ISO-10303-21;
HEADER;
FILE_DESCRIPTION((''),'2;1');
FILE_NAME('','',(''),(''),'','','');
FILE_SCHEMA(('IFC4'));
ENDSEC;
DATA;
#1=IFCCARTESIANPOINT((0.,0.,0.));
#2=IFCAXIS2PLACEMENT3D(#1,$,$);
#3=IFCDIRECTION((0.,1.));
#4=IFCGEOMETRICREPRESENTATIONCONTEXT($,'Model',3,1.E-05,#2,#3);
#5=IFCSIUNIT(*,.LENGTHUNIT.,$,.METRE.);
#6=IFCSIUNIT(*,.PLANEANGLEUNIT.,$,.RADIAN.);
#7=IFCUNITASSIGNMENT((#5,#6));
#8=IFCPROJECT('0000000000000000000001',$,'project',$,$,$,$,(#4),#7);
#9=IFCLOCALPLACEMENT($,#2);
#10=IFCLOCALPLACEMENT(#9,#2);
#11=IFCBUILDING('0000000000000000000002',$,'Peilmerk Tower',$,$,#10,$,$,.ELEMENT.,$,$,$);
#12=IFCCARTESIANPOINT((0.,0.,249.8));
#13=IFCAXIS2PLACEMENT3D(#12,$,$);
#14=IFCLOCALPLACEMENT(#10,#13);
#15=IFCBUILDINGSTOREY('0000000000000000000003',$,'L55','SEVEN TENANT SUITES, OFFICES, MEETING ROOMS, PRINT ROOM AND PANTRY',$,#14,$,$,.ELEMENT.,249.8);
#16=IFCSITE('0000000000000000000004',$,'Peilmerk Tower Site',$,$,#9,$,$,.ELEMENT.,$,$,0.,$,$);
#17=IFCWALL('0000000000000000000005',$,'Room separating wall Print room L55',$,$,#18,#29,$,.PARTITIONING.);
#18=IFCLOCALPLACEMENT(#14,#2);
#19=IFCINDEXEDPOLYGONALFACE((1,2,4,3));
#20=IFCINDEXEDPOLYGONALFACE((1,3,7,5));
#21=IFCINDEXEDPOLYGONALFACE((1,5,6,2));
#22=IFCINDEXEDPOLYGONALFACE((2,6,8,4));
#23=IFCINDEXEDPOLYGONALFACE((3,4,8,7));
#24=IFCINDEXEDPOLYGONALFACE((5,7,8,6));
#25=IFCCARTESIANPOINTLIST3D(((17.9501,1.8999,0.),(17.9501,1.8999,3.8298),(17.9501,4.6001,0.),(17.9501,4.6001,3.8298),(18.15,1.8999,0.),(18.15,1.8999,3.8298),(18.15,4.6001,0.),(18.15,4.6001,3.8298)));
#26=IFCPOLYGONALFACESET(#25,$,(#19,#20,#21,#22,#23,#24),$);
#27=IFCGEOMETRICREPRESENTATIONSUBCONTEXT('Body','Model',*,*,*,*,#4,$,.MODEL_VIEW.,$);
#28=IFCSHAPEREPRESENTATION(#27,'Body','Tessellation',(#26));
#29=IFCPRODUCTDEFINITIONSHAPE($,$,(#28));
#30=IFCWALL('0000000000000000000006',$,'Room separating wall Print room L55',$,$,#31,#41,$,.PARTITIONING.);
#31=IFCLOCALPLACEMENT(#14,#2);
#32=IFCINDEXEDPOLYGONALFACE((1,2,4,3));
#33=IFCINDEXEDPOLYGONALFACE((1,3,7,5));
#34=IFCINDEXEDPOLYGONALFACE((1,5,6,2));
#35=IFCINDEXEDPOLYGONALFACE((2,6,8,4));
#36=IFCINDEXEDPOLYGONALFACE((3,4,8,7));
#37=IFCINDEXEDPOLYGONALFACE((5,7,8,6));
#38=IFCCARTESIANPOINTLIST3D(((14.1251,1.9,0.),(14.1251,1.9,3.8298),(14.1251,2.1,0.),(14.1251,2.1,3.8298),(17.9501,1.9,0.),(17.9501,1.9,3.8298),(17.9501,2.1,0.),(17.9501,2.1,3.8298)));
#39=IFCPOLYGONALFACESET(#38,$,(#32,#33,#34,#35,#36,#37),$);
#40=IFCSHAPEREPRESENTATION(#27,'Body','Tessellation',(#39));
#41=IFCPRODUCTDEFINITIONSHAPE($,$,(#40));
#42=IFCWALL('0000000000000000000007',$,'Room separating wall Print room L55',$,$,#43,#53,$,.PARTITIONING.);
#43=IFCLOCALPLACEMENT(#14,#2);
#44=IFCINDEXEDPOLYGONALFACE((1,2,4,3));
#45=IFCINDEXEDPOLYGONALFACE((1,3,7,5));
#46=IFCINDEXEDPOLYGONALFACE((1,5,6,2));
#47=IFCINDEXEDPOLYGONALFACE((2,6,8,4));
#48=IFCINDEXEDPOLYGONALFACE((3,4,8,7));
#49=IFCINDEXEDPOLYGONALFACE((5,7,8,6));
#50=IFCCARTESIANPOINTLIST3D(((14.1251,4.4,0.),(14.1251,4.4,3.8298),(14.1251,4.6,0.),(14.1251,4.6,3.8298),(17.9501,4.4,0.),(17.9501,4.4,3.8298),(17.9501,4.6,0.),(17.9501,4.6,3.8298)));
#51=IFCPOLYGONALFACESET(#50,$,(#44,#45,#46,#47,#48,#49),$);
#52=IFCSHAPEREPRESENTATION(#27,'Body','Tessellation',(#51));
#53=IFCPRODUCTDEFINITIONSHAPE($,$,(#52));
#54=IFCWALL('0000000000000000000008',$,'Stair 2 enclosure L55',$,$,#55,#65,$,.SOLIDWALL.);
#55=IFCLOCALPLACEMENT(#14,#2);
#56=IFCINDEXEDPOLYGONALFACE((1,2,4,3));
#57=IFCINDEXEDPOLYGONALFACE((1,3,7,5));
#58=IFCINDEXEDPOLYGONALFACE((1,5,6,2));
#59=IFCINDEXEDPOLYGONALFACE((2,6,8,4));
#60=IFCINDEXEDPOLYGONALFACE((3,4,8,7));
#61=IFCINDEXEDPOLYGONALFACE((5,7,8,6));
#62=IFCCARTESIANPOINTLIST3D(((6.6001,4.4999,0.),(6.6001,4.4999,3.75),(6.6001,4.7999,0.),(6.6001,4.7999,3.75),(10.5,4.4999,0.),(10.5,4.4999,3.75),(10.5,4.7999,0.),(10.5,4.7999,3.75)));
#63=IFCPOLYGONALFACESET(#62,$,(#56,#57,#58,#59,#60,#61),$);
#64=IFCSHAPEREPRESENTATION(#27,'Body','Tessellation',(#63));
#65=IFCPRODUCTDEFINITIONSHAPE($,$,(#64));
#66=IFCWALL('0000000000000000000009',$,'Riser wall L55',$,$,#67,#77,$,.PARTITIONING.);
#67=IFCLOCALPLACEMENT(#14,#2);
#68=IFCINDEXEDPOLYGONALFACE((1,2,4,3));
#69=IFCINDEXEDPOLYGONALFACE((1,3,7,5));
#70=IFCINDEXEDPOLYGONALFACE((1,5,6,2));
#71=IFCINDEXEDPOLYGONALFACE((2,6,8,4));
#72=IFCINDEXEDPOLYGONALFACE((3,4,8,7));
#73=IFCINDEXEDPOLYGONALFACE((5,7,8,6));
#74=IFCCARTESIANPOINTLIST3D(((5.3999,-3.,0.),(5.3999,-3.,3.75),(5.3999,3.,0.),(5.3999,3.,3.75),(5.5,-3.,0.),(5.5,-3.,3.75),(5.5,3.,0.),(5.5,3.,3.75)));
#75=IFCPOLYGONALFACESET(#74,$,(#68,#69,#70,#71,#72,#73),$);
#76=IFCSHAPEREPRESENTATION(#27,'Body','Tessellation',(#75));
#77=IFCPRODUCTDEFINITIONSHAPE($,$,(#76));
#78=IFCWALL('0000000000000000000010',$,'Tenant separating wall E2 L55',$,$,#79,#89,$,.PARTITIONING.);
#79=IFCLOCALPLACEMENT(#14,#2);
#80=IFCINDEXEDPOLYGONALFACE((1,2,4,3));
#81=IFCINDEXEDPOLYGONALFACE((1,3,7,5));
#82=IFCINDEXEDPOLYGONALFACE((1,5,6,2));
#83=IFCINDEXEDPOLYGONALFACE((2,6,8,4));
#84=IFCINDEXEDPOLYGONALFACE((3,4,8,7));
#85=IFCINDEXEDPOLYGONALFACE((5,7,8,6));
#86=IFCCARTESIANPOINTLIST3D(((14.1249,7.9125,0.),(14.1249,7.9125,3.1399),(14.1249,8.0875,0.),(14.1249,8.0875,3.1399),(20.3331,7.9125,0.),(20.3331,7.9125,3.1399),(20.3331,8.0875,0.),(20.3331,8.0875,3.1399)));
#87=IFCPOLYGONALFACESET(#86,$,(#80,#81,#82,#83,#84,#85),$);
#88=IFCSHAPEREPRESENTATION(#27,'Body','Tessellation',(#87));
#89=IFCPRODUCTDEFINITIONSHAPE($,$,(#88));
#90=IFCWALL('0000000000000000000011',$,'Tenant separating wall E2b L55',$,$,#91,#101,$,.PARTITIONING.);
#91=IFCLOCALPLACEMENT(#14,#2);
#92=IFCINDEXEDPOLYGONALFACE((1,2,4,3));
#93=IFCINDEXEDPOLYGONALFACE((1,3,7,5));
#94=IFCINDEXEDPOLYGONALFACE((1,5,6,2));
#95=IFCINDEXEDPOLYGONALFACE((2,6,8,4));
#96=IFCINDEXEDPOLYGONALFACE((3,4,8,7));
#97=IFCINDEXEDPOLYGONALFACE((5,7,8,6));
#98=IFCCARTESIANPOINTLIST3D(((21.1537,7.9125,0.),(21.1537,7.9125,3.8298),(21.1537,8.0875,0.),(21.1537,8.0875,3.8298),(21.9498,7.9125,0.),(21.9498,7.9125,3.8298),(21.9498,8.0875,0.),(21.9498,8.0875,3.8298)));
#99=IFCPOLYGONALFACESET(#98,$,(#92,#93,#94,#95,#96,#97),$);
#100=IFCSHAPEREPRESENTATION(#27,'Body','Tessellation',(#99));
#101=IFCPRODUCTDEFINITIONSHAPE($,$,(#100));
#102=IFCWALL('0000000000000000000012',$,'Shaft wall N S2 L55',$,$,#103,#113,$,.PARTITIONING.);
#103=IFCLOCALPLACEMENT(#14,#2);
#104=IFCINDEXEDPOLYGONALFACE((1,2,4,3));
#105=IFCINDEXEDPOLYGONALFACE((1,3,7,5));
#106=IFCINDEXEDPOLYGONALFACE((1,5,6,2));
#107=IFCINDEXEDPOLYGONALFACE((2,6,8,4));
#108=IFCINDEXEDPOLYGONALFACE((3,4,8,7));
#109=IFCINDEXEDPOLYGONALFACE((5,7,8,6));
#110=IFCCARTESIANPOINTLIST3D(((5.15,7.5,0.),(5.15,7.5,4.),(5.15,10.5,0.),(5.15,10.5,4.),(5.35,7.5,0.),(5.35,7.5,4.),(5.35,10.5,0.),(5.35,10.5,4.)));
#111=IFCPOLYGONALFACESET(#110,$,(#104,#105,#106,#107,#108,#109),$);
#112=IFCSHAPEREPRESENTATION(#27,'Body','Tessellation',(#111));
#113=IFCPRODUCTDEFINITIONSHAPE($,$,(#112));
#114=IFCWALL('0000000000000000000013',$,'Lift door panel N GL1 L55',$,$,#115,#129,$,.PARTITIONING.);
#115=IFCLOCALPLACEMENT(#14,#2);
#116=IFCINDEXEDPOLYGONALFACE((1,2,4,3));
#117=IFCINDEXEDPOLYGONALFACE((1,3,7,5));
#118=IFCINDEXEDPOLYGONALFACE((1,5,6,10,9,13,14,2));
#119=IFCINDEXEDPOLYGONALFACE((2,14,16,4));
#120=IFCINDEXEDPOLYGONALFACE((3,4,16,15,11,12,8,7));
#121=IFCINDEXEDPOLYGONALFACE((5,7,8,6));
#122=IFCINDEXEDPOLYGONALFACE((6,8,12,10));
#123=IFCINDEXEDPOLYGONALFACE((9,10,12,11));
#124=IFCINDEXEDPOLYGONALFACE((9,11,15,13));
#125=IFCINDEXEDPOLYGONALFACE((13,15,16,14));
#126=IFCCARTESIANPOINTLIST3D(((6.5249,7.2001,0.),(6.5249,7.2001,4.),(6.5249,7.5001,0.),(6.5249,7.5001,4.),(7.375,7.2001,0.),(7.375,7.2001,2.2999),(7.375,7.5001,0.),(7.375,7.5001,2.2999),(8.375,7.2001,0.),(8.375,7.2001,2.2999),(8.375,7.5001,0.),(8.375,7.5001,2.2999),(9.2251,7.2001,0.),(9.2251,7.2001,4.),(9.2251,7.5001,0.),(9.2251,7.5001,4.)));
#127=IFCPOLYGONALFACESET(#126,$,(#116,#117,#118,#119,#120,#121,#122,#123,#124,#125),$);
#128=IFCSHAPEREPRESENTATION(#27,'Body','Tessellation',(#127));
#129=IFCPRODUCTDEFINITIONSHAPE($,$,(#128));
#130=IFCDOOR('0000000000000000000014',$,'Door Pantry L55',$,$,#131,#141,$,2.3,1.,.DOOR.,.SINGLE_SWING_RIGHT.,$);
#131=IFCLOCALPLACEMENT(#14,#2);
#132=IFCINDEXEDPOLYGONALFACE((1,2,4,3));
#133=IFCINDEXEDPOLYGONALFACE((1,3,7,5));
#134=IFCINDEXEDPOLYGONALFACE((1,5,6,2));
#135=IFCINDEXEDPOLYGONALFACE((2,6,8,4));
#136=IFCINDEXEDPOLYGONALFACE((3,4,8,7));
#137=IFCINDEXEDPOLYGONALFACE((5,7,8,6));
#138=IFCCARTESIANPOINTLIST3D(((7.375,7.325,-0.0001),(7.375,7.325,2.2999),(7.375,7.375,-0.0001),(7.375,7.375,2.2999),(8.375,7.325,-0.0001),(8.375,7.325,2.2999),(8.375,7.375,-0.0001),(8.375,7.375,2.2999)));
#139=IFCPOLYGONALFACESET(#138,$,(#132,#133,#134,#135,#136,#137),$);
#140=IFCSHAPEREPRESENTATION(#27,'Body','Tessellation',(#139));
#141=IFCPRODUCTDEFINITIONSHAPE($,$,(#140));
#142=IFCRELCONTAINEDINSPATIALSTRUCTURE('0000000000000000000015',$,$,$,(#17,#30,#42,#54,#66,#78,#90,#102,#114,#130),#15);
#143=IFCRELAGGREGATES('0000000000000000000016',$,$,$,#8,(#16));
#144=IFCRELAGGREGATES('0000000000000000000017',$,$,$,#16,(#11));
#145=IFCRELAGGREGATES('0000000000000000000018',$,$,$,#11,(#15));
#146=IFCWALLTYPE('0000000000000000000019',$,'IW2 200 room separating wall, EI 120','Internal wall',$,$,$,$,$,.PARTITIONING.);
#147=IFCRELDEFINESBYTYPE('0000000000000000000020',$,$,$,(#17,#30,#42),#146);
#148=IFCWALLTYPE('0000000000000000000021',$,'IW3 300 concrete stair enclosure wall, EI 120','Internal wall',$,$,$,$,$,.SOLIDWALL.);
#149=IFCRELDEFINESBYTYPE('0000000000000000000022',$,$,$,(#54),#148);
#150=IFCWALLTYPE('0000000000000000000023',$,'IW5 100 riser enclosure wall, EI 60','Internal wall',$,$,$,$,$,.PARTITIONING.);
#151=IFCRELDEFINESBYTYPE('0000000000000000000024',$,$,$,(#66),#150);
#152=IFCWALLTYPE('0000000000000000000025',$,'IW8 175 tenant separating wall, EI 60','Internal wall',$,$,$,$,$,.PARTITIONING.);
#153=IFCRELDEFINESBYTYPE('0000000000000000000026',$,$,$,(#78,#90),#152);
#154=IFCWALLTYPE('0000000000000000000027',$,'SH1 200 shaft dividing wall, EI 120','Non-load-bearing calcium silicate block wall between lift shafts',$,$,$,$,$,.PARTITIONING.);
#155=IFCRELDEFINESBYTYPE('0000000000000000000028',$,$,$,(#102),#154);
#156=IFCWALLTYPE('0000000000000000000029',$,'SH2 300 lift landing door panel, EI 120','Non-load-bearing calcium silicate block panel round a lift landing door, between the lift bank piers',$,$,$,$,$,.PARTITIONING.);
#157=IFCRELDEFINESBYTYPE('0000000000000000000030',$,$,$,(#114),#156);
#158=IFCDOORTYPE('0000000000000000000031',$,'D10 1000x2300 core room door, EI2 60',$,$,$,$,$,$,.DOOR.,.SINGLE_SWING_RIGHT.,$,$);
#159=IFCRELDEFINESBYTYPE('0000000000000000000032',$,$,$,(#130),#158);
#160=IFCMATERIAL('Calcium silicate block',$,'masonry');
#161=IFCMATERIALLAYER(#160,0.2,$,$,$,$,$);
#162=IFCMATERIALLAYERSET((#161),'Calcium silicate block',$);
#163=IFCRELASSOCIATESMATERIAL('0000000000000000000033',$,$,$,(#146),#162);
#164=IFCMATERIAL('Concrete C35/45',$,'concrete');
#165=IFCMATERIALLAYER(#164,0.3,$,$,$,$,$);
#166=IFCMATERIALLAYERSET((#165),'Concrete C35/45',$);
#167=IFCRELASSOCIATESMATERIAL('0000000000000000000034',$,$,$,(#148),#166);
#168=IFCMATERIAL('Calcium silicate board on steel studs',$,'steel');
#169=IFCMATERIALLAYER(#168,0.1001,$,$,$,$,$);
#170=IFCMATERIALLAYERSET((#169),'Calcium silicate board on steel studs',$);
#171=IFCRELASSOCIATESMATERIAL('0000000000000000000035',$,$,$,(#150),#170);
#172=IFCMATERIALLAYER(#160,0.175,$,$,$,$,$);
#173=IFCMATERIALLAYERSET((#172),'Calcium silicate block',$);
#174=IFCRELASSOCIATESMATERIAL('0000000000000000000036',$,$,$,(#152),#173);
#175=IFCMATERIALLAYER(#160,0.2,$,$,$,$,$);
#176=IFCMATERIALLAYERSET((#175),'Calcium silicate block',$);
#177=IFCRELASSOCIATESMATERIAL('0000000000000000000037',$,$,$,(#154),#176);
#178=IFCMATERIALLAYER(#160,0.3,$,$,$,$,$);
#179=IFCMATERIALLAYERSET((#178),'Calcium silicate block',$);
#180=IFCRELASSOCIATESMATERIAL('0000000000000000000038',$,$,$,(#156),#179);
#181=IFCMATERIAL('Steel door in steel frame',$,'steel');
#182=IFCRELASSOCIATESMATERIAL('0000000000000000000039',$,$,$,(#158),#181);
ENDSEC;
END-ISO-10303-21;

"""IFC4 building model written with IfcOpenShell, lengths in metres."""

from ifc_helpers import new_model, si_unit, direction, frame, frame_2d, origin, place, context, subcontext, project, spatial, rectangle, extrude, material, layer, layer_set, type_object, element, fill, save


model = new_model("IFC4")

# Units and contexts
model_context = context("Model", 3, precision=1e-05, world=origin(), true_north=direction((0.0, 1.0)))
body_context = subcontext(model_context, "Body", "Model", "MODEL_VIEW")
ifc_project = project(units=[si_unit("LENGTHUNIT", "METRE"), si_unit("PLANEANGLEUNIT", "RADIAN")], contexts=[model_context])

# Site, building, storey
site_placement = place(None, origin())
site = spatial("IfcSite", under=ifc_project, at=site_placement, Name="Peilmerk Tower Site", CompositionType="ELEMENT", RefElevation=0.0)
building_placement = place(site_placement, origin())
building = spatial("IfcBuilding", under=site, at=building_placement, Name="Peilmerk Tower", CompositionType="ELEMENT")
storey_placement = place(building_placement, frame((0.0, 0.0, 249.8)))
storey = spatial("IfcBuildingStorey", under=building, at=storey_placement, Name="L55", Description="SEVEN TENANT SUITES, OFFICES, MEETING ROOMS, PRINT ROOM AND PANTRY", CompositionType="ELEMENT", Elevation=249.8)

# Walls
ifc_material_1 = material(Name="Calcium silicate block", Category="masonry")
ifc_layer_1 = layer(ifc_material_1, 0.2)
ifc_layer_set_1 = layer_set([ifc_layer_1], Name="Calcium silicate block")
wall_type_1 = type_object("IfcWallType", Name="IW2 200 room separating wall, EI 120", Description="Internal wall", PredefinedType="PARTITIONING", material=ifc_layer_set_1)
wall_1_placement = place(storey_placement, frame((18.05, 1.8999, 0.0), z_axis=(0.0, 0.0, 1.0), x_axis=(0.0, 1.0, 0.0)))
element("IfcWall", 1, at=wall_1_placement, inside=storey, type_object=wall_type_1, Name="Room separating wall Print room L55", PredefinedType="PARTITIONING", context=body_context, shape_type="SweptSolid", body=[
    extrude(rectangle(XDim=2.7002, YDim=0.2, at=frame_2d((1.3501, 0.0))), origin(), (0.0, 0.0, 1.0), 3.8298),
])
for number, where, z_axis, x_axis, name in (
    (2, (14.125, 2.0, 0.0), (0.0, 0.0, 1.0), (1.0, 0.0, 0.0), "Room separating wall Print room L55"),
    (3, (14.125, 4.5, 0.0), (0.0, 0.0, 1.0), (1.0, 0.0, 0.0), "Room separating wall Print room L55"),
):
    element("IfcWall", number, at=place(storey_placement, frame(where, z_axis=z_axis, x_axis=x_axis)), inside=storey, type_object=wall_type_1, Name=name, PredefinedType="PARTITIONING", context=body_context, shape_type="SweptSolid", body=[
        extrude(rectangle(XDim=3.825, YDim=0.2, at=frame_2d((1.9126, 0.0))), origin(), (0.0, 0.0, 1.0), 3.8298),
    ])
ifc_material_2 = material(Name="Concrete C35/45", Category="concrete")
ifc_layer_2 = layer(ifc_material_2, 0.3)
ifc_layer_set_2 = layer_set([ifc_layer_2], Name="Concrete C35/45")
wall_type_2 = type_object("IfcWallType", Name="IW3 300 concrete stair enclosure wall, EI 120", Description="Internal wall", PredefinedType="SOLIDWALL", material=ifc_layer_set_2)
wall_2_placement = place(storey_placement, frame((6.6001, 4.6499, 0.0), z_axis=(0.0, 0.0, 1.0), x_axis=(1.0, 0.0, 0.0)))
element("IfcWall", 4, at=wall_2_placement, inside=storey, type_object=wall_type_2, Name="Stair 2 enclosure L55", PredefinedType="SOLIDWALL", context=body_context, shape_type="SweptSolid", body=[
    extrude(rectangle(XDim=3.8999, YDim=0.3, at=frame_2d((1.95, 0.0))), origin(), (0.0, 0.0, 1.0), 3.75),
])
ifc_material_3 = material(Name="Calcium silicate board on steel studs", Category="steel")
ifc_layer_3 = layer(ifc_material_3, 0.1001)
ifc_layer_set_3 = layer_set([ifc_layer_3], Name="Calcium silicate board on steel studs")
wall_type_3 = type_object("IfcWallType", Name="IW5 100 riser enclosure wall, EI 60", Description="Internal wall", PredefinedType="PARTITIONING", material=ifc_layer_set_3)
wall_3_placement = place(storey_placement, frame((5.45, 3.0, 0.0), z_axis=(0.0, 0.0, 1.0), x_axis=(0.0, -1.0, 0.0)))
element("IfcWall", 5, at=wall_3_placement, inside=storey, type_object=wall_type_3, Name="Riser wall L55", PredefinedType="PARTITIONING", context=body_context, shape_type="SweptSolid", body=[
    extrude(rectangle(XDim=6.0, YDim=0.1001, at=frame_2d((3.0, 0.0))), origin(), (0.0, 0.0, 1.0), 3.75),
])
ifc_layer_4 = layer(ifc_material_1, 0.175)
ifc_layer_set_4 = layer_set([ifc_layer_4], Name="Calcium silicate block")
wall_type_4 = type_object("IfcWallType", Name="IW8 175 tenant separating wall, EI 60", Description="Internal wall", PredefinedType="PARTITIONING", material=ifc_layer_set_4)
wall_4_placement = place(storey_placement, frame((14.125, 8.0, 0.0), z_axis=(0.0, 0.0, 1.0), x_axis=(1.0, 0.0, 0.0)))
element("IfcWall", 6, at=wall_4_placement, inside=storey, type_object=wall_type_4, Name="Tenant separating wall E2 L55", PredefinedType="PARTITIONING", context=body_context, shape_type="SweptSolid", body=[
    extrude(rectangle(XDim=6.2083, YDim=0.175, at=frame_2d((3.104, 0.0))), origin(), (0.0, 0.0, 1.0), 3.1399),
])
wall_5_placement = place(storey_placement, frame((21.1538, 8.0, 0.0), z_axis=(0.0, 0.0, 1.0), x_axis=(1.0, 0.0, 0.0)))
element("IfcWall", 7, at=wall_5_placement, inside=storey, type_object=wall_type_4, Name="Tenant separating wall E2b L55", PredefinedType="PARTITIONING", context=body_context, shape_type="SweptSolid", body=[
    extrude(rectangle(XDim=0.7961, YDim=0.175, at=frame_2d((0.3979, 0.0))), origin(), (0.0, 0.0, 1.0), 3.8298),
])
ifc_layer_5 = layer(ifc_material_1, 0.2)
ifc_layer_set_5 = layer_set([ifc_layer_5], Name="Calcium silicate block")
wall_type_5 = type_object("IfcWallType", Name="SH1 200 shaft dividing wall, EI 120", Description="Non-load-bearing calcium silicate block wall between lift shafts", PredefinedType="PARTITIONING", material=ifc_layer_set_5)
wall_6_placement = place(storey_placement, frame((5.25, 7.5, 0.0), z_axis=(0.0, 0.0, 1.0), x_axis=(0.0, 1.0, 0.0)))
element("IfcWall", 8, at=wall_6_placement, inside=storey, type_object=wall_type_5, Name="Shaft wall N S2 L55", PredefinedType="PARTITIONING", context=body_context, shape_type="SweptSolid", body=[
    extrude(rectangle(XDim=3.0, YDim=0.2, at=frame_2d((1.5, 0.0))), origin(), (0.0, 0.0, 1.0), 4.0),
])

# Wall, opening, door
ifc_layer_6 = layer(ifc_material_1, 0.3)
ifc_layer_set_6 = layer_set([ifc_layer_6], Name="Calcium silicate block")
wall_type_6 = type_object("IfcWallType", Name="SH2 300 lift landing door panel, EI 120", Description="Non-load-bearing calcium silicate block panel round a lift landing door, between the lift bank piers", PredefinedType="PARTITIONING", material=ifc_layer_set_6)
wall_7_placement = place(storey_placement, frame((6.5249, 7.3501, 0.0), z_axis=(0.0, 0.0, 1.0), x_axis=(1.0, 0.0, 0.0)))
wall_7 = element("IfcWall", 9, at=wall_7_placement, inside=storey, type_object=wall_type_6, Name="Lift door panel N GL1 L55", PredefinedType="PARTITIONING", context=body_context, shape_type="SweptSolid", body=[
    extrude(rectangle(XDim=2.7002, YDim=0.3, at=frame_2d((1.3501, 0.0))), origin(), (0.0, 0.0, 1.0), 4.0),
])
opening_1_placement = place(wall_7_placement, frame((0.8501, 0.0, 0.0)))
opening_1 = element("IfcOpeningElement", 10, at=opening_1_placement, cuts=wall_7, PredefinedType="OPENING", context=body_context, shape_type="SweptSolid", body=[
    extrude(rectangle(XDim=1.0, YDim=2.3, at=frame_2d((0.5, 1.1499))), frame((0.0, 0.1599, 0.0), z_axis=(0.0, -1.0, 0.0), x_axis=(1.0, 0.0, 0.0)), (0.0, 0.0, 1.0), 0.3201),
])
ifc_material_4 = material(Name="Steel door in steel frame", Category="steel")
door_type_1 = type_object("IfcDoorType", Name="D10 1000x2300 core room door, EI2 60", OperationType="SINGLE_SWING_RIGHT", PredefinedType="DOOR", material=ifc_material_4)
door_1_placement = place(opening_1_placement, origin())
door_1 = element("IfcDoor", 11, at=door_1_placement, inside=storey, type_object=door_type_1, Name="Door Pantry L55", OperationType="SINGLE_SWING_RIGHT", OverallHeight=2.3, OverallWidth=1.0, PredefinedType="DOOR", context=body_context, shape_type="SweptSolid", body=[
    extrude(rectangle(XDim=1.0, YDim=2.3, at=frame_2d((0.5, 1.1499))), frame((0.0, 0.0249, 0.0), z_axis=(0.0, -1.0, 0.0), x_axis=(1.0, 0.0, 0.0)), (0.0, 0.0, 1.0), 0.05),
])
fill(opening_1, door_1)

save(model, "model.ifc")
